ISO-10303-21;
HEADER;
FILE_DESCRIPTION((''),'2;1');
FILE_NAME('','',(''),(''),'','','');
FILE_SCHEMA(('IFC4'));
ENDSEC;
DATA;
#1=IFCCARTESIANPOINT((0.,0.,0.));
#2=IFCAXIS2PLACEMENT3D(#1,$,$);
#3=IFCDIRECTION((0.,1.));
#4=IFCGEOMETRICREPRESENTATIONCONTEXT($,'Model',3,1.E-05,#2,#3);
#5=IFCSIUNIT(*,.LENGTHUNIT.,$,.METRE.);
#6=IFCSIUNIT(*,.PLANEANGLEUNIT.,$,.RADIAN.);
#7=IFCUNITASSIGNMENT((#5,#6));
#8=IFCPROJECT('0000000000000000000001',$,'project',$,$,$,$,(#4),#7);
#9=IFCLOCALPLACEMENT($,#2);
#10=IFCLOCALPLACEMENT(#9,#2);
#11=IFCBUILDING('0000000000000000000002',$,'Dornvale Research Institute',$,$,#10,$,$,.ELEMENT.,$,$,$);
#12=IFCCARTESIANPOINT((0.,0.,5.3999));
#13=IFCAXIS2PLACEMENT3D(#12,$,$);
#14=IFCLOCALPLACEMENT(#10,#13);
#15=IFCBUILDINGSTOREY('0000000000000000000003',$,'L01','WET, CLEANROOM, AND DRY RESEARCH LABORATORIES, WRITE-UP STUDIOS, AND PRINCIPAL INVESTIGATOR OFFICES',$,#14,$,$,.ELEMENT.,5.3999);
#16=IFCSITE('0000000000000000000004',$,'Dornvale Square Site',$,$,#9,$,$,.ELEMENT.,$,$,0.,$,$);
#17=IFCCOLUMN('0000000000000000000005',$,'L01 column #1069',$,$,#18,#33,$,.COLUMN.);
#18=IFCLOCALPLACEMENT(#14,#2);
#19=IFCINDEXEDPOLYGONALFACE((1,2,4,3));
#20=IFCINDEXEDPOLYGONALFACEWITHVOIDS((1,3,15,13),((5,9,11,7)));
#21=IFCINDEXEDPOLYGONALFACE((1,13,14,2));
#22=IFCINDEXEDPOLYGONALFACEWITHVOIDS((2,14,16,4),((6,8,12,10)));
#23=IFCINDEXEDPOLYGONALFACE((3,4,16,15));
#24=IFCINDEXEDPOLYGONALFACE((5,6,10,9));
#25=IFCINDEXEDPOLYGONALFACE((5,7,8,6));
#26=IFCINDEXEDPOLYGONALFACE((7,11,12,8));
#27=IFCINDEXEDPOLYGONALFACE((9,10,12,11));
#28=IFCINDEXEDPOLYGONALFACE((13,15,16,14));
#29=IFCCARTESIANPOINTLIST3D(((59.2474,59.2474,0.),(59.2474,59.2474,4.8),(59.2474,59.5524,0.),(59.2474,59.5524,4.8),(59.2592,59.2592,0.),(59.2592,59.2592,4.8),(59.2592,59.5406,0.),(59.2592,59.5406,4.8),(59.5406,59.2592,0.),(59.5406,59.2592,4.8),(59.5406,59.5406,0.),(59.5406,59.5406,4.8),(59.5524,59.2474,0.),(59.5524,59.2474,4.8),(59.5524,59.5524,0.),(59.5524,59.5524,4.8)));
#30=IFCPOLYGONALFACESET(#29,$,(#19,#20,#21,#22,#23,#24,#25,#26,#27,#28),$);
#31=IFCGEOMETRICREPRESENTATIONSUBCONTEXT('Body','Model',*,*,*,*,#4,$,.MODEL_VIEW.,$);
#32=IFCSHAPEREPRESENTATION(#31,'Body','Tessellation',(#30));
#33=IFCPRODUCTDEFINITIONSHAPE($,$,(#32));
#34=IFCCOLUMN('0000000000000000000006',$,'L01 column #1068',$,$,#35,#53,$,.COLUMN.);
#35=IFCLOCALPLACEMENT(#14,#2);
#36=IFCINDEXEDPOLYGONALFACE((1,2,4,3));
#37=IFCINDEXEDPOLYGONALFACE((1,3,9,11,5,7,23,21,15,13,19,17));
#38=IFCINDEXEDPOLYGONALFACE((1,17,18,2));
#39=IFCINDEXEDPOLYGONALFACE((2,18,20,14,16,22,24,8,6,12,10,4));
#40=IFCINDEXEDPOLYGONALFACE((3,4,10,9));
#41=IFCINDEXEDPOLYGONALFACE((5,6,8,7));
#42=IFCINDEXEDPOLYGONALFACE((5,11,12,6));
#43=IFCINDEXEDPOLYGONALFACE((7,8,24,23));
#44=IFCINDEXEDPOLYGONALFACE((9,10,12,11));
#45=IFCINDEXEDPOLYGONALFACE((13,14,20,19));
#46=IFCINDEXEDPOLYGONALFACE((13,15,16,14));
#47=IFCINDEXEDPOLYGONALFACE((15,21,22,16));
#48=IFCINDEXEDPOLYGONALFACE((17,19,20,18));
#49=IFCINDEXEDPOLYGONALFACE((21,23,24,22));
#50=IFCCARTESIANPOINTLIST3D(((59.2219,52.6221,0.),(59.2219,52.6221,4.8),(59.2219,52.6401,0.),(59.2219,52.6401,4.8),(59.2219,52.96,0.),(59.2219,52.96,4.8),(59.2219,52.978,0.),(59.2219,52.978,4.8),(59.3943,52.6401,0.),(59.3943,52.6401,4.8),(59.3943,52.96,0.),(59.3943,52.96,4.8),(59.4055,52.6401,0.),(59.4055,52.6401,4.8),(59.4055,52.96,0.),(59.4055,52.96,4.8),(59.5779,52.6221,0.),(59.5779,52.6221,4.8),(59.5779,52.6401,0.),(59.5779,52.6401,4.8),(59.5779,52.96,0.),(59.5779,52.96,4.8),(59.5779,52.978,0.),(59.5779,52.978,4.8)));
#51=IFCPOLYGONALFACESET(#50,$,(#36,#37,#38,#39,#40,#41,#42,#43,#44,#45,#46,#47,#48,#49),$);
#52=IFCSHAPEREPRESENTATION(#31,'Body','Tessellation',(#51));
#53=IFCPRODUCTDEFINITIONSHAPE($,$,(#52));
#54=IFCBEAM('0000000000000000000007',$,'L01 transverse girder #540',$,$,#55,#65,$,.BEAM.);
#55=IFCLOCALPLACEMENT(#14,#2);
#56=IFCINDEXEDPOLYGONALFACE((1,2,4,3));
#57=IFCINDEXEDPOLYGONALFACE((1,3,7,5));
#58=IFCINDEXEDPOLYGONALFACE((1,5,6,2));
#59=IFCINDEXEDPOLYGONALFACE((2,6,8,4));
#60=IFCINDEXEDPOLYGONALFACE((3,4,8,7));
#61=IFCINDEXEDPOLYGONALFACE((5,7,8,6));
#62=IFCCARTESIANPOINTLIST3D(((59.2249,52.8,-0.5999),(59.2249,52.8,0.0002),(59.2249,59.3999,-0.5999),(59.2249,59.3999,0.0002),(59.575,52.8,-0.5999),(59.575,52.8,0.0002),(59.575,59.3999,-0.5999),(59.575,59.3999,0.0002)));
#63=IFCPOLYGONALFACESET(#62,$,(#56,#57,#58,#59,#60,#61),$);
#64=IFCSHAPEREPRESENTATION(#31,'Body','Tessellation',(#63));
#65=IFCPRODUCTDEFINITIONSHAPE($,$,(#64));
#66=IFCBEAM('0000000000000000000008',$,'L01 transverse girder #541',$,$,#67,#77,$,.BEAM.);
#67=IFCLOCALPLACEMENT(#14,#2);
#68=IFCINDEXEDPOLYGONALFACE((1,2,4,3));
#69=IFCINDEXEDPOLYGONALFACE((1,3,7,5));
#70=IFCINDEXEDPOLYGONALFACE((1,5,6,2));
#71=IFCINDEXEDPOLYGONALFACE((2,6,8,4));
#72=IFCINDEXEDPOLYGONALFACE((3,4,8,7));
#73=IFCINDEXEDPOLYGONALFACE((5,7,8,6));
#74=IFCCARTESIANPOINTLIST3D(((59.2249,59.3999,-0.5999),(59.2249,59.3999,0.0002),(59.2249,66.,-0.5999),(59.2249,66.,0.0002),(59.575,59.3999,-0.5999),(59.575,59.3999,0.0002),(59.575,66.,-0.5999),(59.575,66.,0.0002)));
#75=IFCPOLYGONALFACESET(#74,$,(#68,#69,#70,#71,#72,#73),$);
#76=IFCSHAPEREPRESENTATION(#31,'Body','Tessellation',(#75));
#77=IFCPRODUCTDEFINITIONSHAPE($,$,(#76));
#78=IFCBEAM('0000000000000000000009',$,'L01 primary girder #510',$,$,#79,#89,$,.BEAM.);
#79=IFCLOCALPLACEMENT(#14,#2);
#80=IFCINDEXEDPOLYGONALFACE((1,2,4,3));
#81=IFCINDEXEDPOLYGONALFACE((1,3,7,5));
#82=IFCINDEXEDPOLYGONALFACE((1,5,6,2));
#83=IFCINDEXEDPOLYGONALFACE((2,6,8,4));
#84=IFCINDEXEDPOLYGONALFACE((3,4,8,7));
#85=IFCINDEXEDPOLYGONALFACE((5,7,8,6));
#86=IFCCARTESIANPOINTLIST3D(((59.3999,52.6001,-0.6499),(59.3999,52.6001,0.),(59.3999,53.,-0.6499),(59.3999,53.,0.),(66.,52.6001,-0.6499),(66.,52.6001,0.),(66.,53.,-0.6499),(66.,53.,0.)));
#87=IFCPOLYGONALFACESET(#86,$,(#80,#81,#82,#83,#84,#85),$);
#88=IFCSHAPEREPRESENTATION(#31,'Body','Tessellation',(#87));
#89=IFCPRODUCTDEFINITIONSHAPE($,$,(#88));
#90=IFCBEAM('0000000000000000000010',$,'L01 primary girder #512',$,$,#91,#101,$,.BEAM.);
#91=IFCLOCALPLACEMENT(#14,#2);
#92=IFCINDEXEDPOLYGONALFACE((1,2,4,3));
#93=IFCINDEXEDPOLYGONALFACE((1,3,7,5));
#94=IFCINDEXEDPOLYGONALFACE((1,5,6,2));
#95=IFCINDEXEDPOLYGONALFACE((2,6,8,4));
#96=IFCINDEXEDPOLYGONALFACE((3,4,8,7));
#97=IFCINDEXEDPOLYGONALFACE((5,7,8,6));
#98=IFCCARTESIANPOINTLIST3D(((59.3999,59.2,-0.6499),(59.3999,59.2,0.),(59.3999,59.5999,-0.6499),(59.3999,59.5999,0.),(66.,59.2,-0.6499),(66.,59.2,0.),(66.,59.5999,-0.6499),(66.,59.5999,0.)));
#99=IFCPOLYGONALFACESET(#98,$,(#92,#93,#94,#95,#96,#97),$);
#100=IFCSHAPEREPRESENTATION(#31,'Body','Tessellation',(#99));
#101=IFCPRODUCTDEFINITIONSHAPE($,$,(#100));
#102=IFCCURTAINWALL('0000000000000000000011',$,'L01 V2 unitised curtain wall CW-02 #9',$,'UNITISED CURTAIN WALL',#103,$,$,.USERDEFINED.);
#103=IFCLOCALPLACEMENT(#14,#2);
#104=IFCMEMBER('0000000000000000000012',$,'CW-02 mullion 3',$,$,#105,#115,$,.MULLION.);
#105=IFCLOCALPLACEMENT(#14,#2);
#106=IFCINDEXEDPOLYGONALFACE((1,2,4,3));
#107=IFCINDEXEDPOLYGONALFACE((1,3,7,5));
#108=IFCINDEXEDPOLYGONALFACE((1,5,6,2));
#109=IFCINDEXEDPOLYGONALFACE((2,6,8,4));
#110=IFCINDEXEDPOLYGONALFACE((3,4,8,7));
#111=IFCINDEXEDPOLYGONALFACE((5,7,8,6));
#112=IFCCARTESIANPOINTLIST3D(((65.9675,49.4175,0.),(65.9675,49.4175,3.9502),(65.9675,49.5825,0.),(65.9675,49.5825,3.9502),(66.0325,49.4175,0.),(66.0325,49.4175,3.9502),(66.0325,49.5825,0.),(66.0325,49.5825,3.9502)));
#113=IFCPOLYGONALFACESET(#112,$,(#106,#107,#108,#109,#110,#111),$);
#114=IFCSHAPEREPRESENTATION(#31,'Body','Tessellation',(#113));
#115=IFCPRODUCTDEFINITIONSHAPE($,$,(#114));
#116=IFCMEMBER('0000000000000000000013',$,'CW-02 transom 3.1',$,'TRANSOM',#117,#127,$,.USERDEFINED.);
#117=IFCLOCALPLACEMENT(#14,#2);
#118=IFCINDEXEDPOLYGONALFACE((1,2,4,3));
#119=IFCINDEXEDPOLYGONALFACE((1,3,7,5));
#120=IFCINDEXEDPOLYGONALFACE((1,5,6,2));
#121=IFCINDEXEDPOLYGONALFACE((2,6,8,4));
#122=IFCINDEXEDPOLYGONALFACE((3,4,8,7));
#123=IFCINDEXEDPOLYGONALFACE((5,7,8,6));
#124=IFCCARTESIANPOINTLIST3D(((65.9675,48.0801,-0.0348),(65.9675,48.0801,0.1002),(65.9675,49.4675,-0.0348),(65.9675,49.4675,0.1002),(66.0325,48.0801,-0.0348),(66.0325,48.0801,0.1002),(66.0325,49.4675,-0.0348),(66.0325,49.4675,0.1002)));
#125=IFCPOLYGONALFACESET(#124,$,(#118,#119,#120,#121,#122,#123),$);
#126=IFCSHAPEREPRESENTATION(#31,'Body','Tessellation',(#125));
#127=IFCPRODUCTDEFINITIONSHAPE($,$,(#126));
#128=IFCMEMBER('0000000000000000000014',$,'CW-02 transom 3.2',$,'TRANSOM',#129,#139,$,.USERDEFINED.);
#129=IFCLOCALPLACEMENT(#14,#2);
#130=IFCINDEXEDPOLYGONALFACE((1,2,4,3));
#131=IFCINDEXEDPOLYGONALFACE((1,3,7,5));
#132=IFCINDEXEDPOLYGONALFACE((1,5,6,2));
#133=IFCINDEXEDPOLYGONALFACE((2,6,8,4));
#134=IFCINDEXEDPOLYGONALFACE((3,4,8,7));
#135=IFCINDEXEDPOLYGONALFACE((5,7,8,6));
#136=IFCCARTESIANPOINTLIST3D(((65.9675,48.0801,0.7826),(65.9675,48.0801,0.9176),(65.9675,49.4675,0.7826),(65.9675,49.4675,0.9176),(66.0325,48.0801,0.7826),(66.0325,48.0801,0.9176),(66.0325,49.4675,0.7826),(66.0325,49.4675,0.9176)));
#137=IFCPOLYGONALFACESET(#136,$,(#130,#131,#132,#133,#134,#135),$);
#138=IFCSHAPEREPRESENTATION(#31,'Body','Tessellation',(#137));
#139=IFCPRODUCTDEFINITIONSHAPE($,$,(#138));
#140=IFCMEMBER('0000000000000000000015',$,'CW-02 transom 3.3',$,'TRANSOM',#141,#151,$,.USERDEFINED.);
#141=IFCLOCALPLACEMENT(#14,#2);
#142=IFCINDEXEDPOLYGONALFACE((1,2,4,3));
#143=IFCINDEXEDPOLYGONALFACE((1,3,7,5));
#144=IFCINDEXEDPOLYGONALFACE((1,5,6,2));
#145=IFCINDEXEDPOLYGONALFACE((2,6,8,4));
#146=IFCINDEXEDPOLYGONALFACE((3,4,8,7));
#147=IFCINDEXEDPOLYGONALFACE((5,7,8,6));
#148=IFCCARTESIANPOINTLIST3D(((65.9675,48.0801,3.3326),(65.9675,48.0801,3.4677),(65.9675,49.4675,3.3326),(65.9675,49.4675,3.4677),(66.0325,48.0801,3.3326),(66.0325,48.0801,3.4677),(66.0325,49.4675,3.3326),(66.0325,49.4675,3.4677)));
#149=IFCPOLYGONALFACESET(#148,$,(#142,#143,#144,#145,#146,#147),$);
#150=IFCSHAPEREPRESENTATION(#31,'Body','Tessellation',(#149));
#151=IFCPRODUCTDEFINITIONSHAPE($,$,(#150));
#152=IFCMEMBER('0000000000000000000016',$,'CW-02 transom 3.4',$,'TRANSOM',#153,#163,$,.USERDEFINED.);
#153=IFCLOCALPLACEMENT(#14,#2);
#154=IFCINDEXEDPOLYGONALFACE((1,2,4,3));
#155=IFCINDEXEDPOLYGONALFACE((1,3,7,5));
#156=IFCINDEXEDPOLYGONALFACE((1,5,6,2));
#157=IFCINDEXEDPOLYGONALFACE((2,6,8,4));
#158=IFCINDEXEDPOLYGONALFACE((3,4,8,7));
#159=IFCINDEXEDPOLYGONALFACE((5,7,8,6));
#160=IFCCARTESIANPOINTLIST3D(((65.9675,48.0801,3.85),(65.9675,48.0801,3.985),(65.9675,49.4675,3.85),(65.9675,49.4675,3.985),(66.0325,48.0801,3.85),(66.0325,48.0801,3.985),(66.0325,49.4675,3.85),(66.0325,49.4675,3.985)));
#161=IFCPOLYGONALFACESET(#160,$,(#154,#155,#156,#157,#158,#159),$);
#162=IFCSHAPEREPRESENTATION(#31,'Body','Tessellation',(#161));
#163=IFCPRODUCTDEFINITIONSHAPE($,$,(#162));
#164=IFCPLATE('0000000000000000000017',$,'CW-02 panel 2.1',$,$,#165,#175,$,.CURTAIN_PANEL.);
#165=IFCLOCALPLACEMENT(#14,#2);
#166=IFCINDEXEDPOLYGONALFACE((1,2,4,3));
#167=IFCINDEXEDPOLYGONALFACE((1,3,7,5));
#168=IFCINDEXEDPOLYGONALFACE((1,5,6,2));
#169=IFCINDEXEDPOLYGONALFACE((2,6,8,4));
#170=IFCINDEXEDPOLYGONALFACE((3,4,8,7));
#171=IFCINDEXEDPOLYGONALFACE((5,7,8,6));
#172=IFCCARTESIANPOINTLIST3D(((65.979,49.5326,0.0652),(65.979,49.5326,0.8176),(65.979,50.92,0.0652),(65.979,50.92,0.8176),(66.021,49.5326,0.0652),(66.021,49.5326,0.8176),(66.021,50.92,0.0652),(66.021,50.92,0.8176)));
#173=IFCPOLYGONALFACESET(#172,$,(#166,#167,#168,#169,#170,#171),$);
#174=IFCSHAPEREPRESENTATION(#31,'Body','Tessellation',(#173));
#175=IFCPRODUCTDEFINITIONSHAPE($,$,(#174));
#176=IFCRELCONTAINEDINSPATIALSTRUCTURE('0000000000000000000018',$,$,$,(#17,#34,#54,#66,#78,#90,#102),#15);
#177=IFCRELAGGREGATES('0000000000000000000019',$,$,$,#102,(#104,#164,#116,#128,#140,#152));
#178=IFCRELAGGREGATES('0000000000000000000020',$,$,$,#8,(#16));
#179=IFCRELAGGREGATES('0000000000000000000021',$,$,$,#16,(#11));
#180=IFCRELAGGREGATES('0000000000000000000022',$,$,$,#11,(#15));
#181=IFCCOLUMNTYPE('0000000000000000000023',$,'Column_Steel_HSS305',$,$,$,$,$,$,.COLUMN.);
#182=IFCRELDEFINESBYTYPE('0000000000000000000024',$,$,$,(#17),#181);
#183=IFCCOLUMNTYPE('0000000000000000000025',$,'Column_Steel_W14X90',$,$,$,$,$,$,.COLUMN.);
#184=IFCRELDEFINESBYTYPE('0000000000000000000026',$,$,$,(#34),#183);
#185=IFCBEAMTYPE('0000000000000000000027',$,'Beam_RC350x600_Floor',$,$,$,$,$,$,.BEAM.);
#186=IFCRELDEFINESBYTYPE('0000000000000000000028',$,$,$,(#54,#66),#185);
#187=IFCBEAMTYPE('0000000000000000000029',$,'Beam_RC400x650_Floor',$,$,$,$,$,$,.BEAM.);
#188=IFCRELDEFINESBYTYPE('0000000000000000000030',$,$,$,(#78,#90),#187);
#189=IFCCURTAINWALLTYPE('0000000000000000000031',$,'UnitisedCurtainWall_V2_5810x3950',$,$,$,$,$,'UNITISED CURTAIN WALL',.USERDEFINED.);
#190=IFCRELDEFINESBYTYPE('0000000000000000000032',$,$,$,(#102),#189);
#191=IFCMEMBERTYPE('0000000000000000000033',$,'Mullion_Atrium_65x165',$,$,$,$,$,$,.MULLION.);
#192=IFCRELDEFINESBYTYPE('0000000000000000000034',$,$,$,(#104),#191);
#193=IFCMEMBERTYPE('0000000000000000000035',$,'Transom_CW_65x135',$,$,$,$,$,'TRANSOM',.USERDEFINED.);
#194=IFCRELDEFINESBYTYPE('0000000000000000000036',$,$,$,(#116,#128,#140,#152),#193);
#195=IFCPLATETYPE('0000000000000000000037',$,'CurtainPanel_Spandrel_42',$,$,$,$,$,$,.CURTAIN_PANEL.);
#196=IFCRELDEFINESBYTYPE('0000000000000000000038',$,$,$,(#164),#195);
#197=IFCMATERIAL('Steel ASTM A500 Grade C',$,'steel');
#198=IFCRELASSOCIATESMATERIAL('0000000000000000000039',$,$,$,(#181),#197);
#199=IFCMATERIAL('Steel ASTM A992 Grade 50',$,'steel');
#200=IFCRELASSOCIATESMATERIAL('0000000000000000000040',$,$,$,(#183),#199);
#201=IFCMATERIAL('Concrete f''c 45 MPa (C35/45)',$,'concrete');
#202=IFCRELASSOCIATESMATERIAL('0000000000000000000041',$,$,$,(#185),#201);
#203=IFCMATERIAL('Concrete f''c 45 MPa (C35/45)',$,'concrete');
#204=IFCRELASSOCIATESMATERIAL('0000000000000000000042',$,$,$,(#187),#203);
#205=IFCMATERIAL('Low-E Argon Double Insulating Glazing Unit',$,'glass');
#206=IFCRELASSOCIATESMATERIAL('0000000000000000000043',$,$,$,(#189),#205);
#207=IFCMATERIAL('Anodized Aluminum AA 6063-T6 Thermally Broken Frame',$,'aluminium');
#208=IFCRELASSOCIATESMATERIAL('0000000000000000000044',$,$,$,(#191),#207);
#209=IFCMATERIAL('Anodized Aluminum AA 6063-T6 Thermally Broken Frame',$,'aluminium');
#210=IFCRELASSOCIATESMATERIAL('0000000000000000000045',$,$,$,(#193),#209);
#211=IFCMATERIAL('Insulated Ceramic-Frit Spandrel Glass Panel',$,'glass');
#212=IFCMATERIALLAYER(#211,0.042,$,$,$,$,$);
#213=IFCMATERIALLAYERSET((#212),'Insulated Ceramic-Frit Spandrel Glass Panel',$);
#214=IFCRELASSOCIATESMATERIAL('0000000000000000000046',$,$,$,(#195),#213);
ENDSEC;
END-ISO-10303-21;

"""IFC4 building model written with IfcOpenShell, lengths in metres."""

from ifc_helpers import new_model, si_unit, direction, frame, origin, origin_2d, place, context, subcontext, project, spatial, rectangle, hollow_rectangle, i_section, extrude, material, layer, layer_set, material_profile, profile_set, type_object, element, aggregate, save


model = new_model("IFC4")

# Units and contexts
model_context = context("Model", 3, precision=1e-05, world=origin(), true_north=direction((0.0, 1.0)))
body_context = subcontext(model_context, "Body", "Model", "MODEL_VIEW")
ifc_project = project(units=[si_unit("LENGTHUNIT", "METRE"), si_unit("PLANEANGLEUNIT", "RADIAN")], contexts=[model_context])

# Site, building, storey
site_placement = place(None, origin())
site = spatial("IfcSite", under=ifc_project, at=site_placement, Name="Dornvale Square Site", CompositionType="ELEMENT", RefElevation=0.0)
building_placement = place(site_placement, origin())
building = spatial("IfcBuilding", under=site, at=building_placement, Name="Dornvale Research Institute", CompositionType="ELEMENT")
storey_placement = place(building_placement, frame((0.0, 0.0, 5.3999)))
storey = spatial("IfcBuildingStorey", under=building, at=storey_placement, Name="L01", Description="WET, CLEANROOM, AND DRY RESEARCH LABORATORIES, WRITE-UP STUDIOS, AND PRINCIPAL INVESTIGATOR OFFICES", CompositionType="ELEMENT", Elevation=5.3999)

# Columns
ifc_material_1 = material(Name="Steel ASTM A500 Grade C", Category="steel")
ifc_material_profile_1 = material_profile(ifc_material_1, hollow_rectangle(XDim=0.3049, YDim=0.3049, WallThickness=0.0117, at=origin_2d()), Name="HSS305X305X12.7")
ifc_profile_set_1 = profile_set([ifc_material_profile_1], Name="Steel ASTM A500 Grade C")
column_type_1 = type_object("IfcColumnType", Name="Column_Steel_HSS305", PredefinedType="COLUMN", material=ifc_profile_set_1)
column_1_placement = place(storey_placement, frame((59.3999, 59.3999, 0.0), z_axis=(0.0, 0.0, 1.0), x_axis=(1.0, 0.0, 0.0)))
element("IfcColumn", 1, at=column_1_placement, inside=storey, type_object=column_type_1, Name="L01 column #1069", PredefinedType="COLUMN", context=body_context, shape_type="SweptSolid", body=[
    extrude(hollow_rectangle(XDim=0.3049, YDim=0.3049, WallThickness=0.0117, at=origin_2d()), origin(), (0.0, 0.0, 1.0), 4.8),
])
ifc_material_2 = material(Name="Steel ASTM A992 Grade 50", Category="steel")
ifc_material_profile_2 = material_profile(ifc_material_2, i_section(OverallWidth=0.356, OverallDepth=0.356, WebThickness=0.0112, FlangeThickness=0.0181, at=origin_2d()), Name="W14X90")
ifc_profile_set_2 = profile_set([ifc_material_profile_2], Name="Steel ASTM A992 Grade 50")
column_type_2 = type_object("IfcColumnType", Name="Column_Steel_W14X90", PredefinedType="COLUMN", material=ifc_profile_set_2)
column_2_placement = place(storey_placement, frame((59.3999, 52.8, 0.0), z_axis=(0.0, 0.0, 1.0), x_axis=(1.0, 0.0, 0.0)))
element("IfcColumn", 2, at=column_2_placement, inside=storey, type_object=column_type_2, Name="L01 column #1068", PredefinedType="COLUMN", context=body_context, shape_type="SweptSolid", body=[
    extrude(i_section(OverallWidth=0.356, OverallDepth=0.356, WebThickness=0.0112, FlangeThickness=0.0181, at=origin_2d()), origin(), (0.0, 0.0, 1.0), 4.8),
])

# Beams
ifc_material_3 = material(Name="Concrete f'c 45 MPa (C35/45)", Category="concrete")
ifc_material_profile_3 = material_profile(ifc_material_3, rectangle(XDim=0.3501, YDim=0.6001, at=origin_2d()), Name="RC 350x600")
ifc_profile_set_3 = profile_set([ifc_material_profile_3], Name="Concrete f'c 45 MPa (C35/45)")
beam_type_1 = type_object("IfcBeamType", Name="Beam_RC350x600_Floor", PredefinedType="BEAM", material=ifc_profile_set_3)
beam_1_placement = place(storey_placement, frame((59.3999, 52.8, -0.2998), z_axis=(0.0, 1.0, 0.0), x_axis=(-1.0, 0.0, 0.0)))
element("IfcBeam", 3, at=beam_1_placement, inside=storey, type_object=beam_type_1, Name="L01 transverse girder #540", PredefinedType="BEAM", context=body_context, shape_type="SweptSolid", body=[
    extrude(rectangle(XDim=0.3501, YDim=0.6001, at=origin_2d()), origin(), (0.0, 0.0, 1.0), 6.5999),
])
beam_2_placement = place(storey_placement, frame((59.3999, 59.3999, -0.2998), z_axis=(0.0, 1.0, 0.0), x_axis=(-1.0, 0.0, 0.0)))
element("IfcBeam", 4, at=beam_2_placement, inside=storey, type_object=beam_type_1, Name="L01 transverse girder #541", PredefinedType="BEAM", context=body_context, shape_type="SweptSolid", body=[
    extrude(rectangle(XDim=0.3501, YDim=0.6001, at=origin_2d()), origin(), (0.0, 0.0, 1.0), 6.6001),
])
ifc_material_4 = material(Name="Concrete f'c 45 MPa (C35/45)", Category="concrete")
ifc_material_profile_4 = material_profile(ifc_material_4, rectangle(XDim=0.3999, YDim=0.6499, at=origin_2d()), Name="RC 400x650")
ifc_profile_set_4 = profile_set([ifc_material_profile_4], Name="Concrete f'c 45 MPa (C35/45)")
beam_type_2 = type_object("IfcBeamType", Name="Beam_RC400x650_Floor", PredefinedType="BEAM", material=ifc_profile_set_4)
for number, where, z_axis, x_axis, name in (
    (5, (59.3999, 52.8, -0.325), (1.0, 0.0, 0.0), (0.0, 1.0, 0.0), "L01 primary girder #510"),
    (6, (59.3999, 59.3999, -0.325), (1.0, 0.0, 0.0), (0.0, 1.0, 0.0), "L01 primary girder #512"),
):
    element("IfcBeam", number, at=place(storey_placement, frame(where, z_axis=z_axis, x_axis=x_axis)), inside=storey, type_object=beam_type_2, Name=name, PredefinedType="BEAM", context=body_context, shape_type="SweptSolid", body=[
        extrude(rectangle(XDim=0.3999, YDim=0.6499, at=origin_2d()), origin(), (0.0, 0.0, 1.0), 6.6001),
    ])

# Curtain wall, members, plate
ifc_material_5 = material(Name="Low-E Argon Double Insulating Glazing Unit", Category="glass")
curtain_wall_type = type_object("IfcCurtainWallType", Name="UnitisedCurtainWall_V2_5810x3950", ElementType="UNITISED CURTAIN WALL", PredefinedType="USERDEFINED", material=ifc_material_5)
curtain_wall_placement = place(storey_placement, origin())
curtain_wall = element("IfcCurtainWall", 7, at=curtain_wall_placement, inside=storey, type_object=curtain_wall_type, Name="L01 V2 unitised curtain wall CW-02 #9", ObjectType="UNITISED CURTAIN WALL", PredefinedType="USERDEFINED")
ifc_material_6 = material(Name="Anodized Aluminum AA 6063-T6 Thermally Broken Frame", Category="aluminium")
ifc_material_profile_5 = material_profile(ifc_material_6, rectangle(XDim=0.0649, YDim=0.165, at=origin_2d()), Name="ALU MULLION 65x165")
ifc_profile_set_5 = profile_set([ifc_material_profile_5], Name="Anodized Aluminum AA 6063-T6 Thermally Broken Frame")
member_type_1 = type_object("IfcMemberType", Name="Mullion_Atrium_65x165", PredefinedType="MULLION", material=ifc_profile_set_5)
member_1_placement = place(storey_placement, frame((66.0, 49.5, 0.0), z_axis=(0.0, 0.0, 1.0), x_axis=(1.0, 0.0, 0.0)))
member_1 = element("IfcMember", 8, at=member_1_placement, type_object=member_type_1, Name="CW-02 mullion 3", PredefinedType="MULLION", context=body_context, shape_type="SweptSolid", body=[
    extrude(rectangle(XDim=0.0649, YDim=0.165, at=origin_2d()), origin(), (0.0, 0.0, 1.0), 3.9502),
])
ifc_material_7 = material(Name="Anodized Aluminum AA 6063-T6 Thermally Broken Frame", Category="aluminium")
ifc_material_profile_6 = material_profile(ifc_material_7, rectangle(XDim=0.0649, YDim=0.135, at=origin_2d()), Name="ALU TRANSOM 65x135")
ifc_profile_set_6 = profile_set([ifc_material_profile_6], Name="Anodized Aluminum AA 6063-T6 Thermally Broken Frame")
member_type_2 = type_object("IfcMemberType", Name="Transom_CW_65x135", ElementType="TRANSOM", PredefinedType="USERDEFINED", material=ifc_profile_set_6)
member_2_placement = place(storey_placement, frame((66.0, 49.4675, 0.0327), z_axis=(0.0, -1.0, 0.0), x_axis=(1.0, 0.0, 0.0)))
member_2 = element("IfcMember", 9, at=member_2_placement, type_object=member_type_2, Name="CW-02 transom 3.1", ObjectType="TRANSOM", PredefinedType="USERDEFINED", context=body_context, shape_type="SweptSolid", body=[
    extrude(rectangle(XDim=0.0649, YDim=0.135, at=origin_2d()), origin(), (0.0, 0.0, 1.0), 1.3875),
])
member_3_placement = place(storey_placement, frame((66.0, 49.4675, 0.8501), z_axis=(0.0, -1.0, 0.0), x_axis=(1.0, 0.0, 0.0)))
member_3 = element("IfcMember", 10, at=member_3_placement, type_object=member_type_2, Name="CW-02 transom 3.2", ObjectType="TRANSOM", PredefinedType="USERDEFINED", context=body_context, shape_type="SweptSolid", body=[
    extrude(rectangle(XDim=0.0649, YDim=0.135, at=origin_2d()), origin(), (0.0, 0.0, 1.0), 1.3875),
])
member_4_placement = place(storey_placement, frame((66.0, 49.4675, 3.4001), z_axis=(0.0, -1.0, 0.0), x_axis=(1.0, 0.0, 0.0)))
member_4 = element("IfcMember", 11, at=member_4_placement, type_object=member_type_2, Name="CW-02 transom 3.3", ObjectType="TRANSOM", PredefinedType="USERDEFINED", context=body_context, shape_type="SweptSolid", body=[
    extrude(rectangle(XDim=0.0649, YDim=0.135, at=origin_2d()), origin(), (0.0, 0.0, 1.0), 1.3875),
])
member_5_placement = place(storey_placement, frame((66.0, 49.4675, 3.9175), z_axis=(0.0, -1.0, 0.0), x_axis=(1.0, 0.0, 0.0)))
member_5 = element("IfcMember", 12, at=member_5_placement, type_object=member_type_2, Name="CW-02 transom 3.4", ObjectType="TRANSOM", PredefinedType="USERDEFINED", context=body_context, shape_type="SweptSolid", body=[
    extrude(rectangle(XDim=0.0649, YDim=0.135, at=origin_2d()), origin(), (0.0, 0.0, 1.0), 1.3875),
])
ifc_material_8 = material(Name="Insulated Ceramic-Frit Spandrel Glass Panel", Category="glass")
ifc_layer_1 = layer(ifc_material_8, 0.042)
ifc_layer_set_1 = layer_set([ifc_layer_1], Name="Insulated Ceramic-Frit Spandrel Glass Panel")
plate_type_1 = type_object("IfcPlateType", Name="CurtainPanel_Spandrel_42", PredefinedType="CURTAIN_PANEL", material=ifc_layer_set_1)
plate_1_placement = place(storey_placement, frame((66.0, 50.2263, 0.0652), z_axis=(0.0, 0.0, 1.0), x_axis=(0.0, -1.0, 0.0)))
plate_1 = element("IfcPlate", 13, at=plate_1_placement, type_object=plate_type_1, Name="CW-02 panel 2.1", PredefinedType="CURTAIN_PANEL", context=body_context, shape_type="SweptSolid", body=[
    extrude(rectangle(XDim=1.3875, YDim=0.042, at=origin_2d()), origin(), (0.0, 0.0, 1.0), 0.7524),
])
aggregate(curtain_wall, [member_1, plate_1, member_2, member_3, member_4, member_5])

save(model, "model.ifc")
